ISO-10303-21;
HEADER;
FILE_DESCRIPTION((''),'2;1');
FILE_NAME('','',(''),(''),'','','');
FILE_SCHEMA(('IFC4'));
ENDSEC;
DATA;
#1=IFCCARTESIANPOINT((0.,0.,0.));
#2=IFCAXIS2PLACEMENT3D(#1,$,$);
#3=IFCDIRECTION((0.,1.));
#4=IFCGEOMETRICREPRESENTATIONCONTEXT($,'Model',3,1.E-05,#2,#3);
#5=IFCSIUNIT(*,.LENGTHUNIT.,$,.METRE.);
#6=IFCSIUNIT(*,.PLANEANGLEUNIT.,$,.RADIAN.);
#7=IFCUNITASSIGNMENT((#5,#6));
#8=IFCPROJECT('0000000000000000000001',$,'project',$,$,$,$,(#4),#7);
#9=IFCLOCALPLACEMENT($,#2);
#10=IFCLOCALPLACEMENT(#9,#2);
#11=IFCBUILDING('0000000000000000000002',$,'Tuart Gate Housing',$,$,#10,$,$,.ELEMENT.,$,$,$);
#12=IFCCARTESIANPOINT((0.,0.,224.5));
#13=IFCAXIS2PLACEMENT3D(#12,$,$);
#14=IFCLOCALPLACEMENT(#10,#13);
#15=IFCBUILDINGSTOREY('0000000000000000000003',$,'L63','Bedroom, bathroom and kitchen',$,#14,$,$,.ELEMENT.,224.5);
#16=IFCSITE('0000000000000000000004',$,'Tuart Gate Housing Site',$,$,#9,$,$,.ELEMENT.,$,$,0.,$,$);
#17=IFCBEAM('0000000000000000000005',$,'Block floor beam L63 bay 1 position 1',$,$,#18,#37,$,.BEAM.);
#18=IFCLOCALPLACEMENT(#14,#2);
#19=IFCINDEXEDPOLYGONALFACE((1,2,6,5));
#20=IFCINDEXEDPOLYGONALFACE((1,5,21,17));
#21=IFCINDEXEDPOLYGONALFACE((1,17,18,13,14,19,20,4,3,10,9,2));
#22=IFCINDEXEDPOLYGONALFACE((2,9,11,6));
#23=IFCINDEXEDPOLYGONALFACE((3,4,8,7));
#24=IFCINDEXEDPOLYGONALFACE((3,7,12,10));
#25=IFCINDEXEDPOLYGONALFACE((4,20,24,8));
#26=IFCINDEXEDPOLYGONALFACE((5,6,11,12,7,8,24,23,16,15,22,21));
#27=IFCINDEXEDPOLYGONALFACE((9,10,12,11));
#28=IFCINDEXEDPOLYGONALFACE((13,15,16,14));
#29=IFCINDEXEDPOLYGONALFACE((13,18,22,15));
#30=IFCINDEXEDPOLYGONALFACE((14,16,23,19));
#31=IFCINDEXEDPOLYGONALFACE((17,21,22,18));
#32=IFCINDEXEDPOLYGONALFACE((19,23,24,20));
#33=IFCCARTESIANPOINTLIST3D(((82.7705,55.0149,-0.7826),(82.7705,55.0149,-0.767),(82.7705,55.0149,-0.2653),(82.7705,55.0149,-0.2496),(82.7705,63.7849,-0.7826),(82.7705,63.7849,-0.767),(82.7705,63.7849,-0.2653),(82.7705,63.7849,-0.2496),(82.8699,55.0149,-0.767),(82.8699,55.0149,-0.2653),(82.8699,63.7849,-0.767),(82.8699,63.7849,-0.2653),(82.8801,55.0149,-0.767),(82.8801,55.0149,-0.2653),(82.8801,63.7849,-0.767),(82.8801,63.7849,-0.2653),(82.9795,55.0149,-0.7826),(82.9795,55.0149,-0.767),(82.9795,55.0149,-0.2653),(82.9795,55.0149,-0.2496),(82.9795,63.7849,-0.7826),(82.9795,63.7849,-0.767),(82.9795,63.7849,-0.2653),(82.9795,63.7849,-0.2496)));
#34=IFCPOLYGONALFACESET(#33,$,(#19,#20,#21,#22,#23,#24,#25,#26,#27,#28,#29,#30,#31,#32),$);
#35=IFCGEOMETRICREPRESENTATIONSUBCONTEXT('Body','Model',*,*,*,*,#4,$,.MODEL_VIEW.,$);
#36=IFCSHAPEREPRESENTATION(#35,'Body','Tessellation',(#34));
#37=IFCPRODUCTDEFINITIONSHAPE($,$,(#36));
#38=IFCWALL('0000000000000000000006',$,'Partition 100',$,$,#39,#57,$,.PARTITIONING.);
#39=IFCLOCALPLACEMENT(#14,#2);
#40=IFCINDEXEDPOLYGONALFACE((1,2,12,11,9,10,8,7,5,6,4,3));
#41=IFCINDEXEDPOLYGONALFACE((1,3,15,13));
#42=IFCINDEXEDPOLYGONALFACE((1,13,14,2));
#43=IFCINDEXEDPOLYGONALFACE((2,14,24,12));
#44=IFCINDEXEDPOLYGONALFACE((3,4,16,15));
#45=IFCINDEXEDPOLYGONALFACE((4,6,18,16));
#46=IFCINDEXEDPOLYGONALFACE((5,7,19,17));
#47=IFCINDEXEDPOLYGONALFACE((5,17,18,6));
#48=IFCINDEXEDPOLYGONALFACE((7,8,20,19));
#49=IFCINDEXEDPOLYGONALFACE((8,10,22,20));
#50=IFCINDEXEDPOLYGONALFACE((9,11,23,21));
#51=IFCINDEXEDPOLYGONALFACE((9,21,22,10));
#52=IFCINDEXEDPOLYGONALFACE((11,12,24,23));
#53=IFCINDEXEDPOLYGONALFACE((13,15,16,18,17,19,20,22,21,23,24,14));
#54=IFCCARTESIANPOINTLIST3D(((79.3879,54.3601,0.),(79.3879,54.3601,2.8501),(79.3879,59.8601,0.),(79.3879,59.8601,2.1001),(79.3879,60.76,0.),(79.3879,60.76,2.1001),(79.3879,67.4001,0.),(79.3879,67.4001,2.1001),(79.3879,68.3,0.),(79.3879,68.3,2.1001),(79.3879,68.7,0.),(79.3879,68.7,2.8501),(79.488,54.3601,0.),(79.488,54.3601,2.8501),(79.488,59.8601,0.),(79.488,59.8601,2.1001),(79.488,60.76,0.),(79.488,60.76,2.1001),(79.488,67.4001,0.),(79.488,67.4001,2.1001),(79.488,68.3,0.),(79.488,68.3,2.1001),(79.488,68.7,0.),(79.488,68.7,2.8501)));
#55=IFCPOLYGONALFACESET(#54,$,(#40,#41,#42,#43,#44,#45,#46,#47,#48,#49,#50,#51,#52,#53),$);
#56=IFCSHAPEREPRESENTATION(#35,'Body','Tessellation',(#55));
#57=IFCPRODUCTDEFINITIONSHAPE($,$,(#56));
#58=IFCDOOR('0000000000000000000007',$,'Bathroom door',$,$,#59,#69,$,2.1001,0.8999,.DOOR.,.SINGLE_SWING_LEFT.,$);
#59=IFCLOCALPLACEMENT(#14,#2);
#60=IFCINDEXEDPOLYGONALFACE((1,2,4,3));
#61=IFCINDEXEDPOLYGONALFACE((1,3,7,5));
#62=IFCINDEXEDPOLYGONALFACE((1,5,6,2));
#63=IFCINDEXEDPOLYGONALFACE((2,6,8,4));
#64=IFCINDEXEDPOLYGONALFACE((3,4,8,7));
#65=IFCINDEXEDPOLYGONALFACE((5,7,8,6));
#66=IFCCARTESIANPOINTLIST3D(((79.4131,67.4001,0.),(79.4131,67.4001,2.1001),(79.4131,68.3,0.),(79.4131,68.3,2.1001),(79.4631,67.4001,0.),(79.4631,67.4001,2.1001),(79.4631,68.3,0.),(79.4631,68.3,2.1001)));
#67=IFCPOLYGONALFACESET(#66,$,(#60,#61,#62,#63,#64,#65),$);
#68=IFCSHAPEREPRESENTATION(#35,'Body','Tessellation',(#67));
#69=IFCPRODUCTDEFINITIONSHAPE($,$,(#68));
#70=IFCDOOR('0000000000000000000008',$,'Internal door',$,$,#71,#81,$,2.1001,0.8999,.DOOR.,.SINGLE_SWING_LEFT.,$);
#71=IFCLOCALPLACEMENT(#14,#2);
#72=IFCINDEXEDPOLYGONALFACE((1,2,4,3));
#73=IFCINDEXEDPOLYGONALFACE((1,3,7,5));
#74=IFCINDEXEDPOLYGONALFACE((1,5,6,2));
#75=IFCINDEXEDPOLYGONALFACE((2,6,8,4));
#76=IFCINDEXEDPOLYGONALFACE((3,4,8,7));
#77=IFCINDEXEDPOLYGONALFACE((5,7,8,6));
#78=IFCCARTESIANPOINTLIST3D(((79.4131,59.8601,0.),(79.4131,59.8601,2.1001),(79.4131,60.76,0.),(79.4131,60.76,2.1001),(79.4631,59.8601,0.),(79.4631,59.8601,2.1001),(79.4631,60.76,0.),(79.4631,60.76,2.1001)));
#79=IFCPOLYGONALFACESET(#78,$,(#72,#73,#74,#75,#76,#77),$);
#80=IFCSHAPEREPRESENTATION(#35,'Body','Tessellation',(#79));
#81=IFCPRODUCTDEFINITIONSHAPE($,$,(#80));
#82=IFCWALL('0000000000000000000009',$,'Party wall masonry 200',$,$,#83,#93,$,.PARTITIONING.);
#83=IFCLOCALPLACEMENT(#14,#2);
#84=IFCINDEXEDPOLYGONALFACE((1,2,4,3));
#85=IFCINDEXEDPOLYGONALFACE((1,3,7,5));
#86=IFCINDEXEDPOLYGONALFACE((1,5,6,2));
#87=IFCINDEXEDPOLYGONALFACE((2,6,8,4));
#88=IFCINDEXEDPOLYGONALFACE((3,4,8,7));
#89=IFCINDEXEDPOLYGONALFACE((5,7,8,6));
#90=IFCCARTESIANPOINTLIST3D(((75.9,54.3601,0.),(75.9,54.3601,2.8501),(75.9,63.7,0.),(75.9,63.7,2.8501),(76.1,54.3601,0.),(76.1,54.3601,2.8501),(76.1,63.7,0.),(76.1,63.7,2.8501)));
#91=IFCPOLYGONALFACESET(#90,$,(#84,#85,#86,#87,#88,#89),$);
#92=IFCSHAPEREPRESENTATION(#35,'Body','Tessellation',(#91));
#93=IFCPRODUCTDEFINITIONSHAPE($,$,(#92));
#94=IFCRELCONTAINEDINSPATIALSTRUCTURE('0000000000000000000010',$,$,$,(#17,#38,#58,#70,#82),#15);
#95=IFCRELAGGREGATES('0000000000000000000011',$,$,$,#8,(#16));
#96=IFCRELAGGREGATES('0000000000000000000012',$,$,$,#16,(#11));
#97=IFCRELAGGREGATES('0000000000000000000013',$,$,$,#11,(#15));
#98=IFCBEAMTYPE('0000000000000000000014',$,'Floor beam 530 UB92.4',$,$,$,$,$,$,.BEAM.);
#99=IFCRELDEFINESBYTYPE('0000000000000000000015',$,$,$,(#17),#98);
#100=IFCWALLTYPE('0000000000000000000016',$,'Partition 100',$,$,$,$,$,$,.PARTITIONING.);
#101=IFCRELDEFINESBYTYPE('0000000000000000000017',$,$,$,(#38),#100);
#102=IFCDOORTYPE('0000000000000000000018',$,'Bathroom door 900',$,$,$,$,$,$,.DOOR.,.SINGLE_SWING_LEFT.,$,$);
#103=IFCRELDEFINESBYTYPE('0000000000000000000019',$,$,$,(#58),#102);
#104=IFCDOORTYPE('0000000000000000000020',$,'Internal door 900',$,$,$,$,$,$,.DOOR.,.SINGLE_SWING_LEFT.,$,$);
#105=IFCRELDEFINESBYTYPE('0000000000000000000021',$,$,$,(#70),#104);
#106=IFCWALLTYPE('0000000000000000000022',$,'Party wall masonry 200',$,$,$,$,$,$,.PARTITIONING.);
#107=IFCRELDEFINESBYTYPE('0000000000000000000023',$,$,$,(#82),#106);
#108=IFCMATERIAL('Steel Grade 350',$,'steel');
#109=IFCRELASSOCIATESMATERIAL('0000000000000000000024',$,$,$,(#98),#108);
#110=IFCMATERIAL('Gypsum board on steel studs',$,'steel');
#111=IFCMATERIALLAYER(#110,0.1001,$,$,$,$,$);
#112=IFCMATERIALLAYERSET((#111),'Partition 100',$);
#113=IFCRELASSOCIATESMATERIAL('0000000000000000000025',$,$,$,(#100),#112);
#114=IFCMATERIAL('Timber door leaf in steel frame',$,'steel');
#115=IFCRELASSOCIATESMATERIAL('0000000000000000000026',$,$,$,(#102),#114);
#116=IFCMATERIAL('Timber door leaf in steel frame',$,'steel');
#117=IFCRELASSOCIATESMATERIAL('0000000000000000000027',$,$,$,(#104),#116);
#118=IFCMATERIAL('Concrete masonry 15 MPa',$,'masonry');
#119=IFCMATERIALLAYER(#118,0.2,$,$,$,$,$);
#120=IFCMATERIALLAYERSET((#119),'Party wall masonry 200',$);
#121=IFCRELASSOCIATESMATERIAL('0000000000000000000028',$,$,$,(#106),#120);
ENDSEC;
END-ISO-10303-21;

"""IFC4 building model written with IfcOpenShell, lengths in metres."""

from ifc_helpers import new_model, si_unit, direction, frame, frame_2d, origin, origin_2d, place, context, subcontext, project, spatial, rectangle, i_section, extrude, material, layer, layer_set, material_profile, profile_set, type_object, element, fill, save


model = new_model("IFC4")

# Units and contexts
model_context = context("Model", 3, precision=1e-05, world=origin(), true_north=direction((0.0, 1.0)))
body_context = subcontext(model_context, "Body", "Model", "MODEL_VIEW")
ifc_project = project(units=[si_unit("LENGTHUNIT", "METRE"), si_unit("PLANEANGLEUNIT", "RADIAN")], contexts=[model_context])

# Site, building, storey
site_placement = place(None, origin())
site = spatial("IfcSite", under=ifc_project, at=site_placement, Name="Tuart Gate Housing Site", CompositionType="ELEMENT", RefElevation=0.0)
building_placement = place(site_placement, origin())
building = spatial("IfcBuilding", under=site, at=building_placement, Name="Tuart Gate Housing", CompositionType="ELEMENT")
storey_placement = place(building_placement, frame((0.0, 0.0, 224.5)))
storey = spatial("IfcBuildingStorey", under=building, at=storey_placement, Name="L63", Description="Bedroom, bathroom and kitchen", CompositionType="ELEMENT", Elevation=224.5)

# Beam
ifc_material_1 = material(Name="Steel Grade 350", Category="steel")
ifc_material_profile = material_profile(ifc_material_1, i_section(OverallWidth=0.209, OverallDepth=0.533, WebThickness=0.0103, FlangeThickness=0.0156, at=origin_2d()), Name="530UB92.4")
ifc_profile_set = profile_set([ifc_material_profile], Name="Steel Grade 350")
beam_type = type_object("IfcBeamType", Name="Floor beam 530 UB92.4", PredefinedType="BEAM", material=ifc_profile_set)
beam_placement = place(storey_placement, frame((82.875, 55.0149, -0.5161), z_axis=(0.0, 1.0, 0.0), x_axis=(-1.0, 0.0, 0.0)))
element("IfcBeam", 1, at=beam_placement, inside=storey, type_object=beam_type, Name="Block floor beam L63 bay 1 position 1", PredefinedType="BEAM", context=body_context, shape_type="SweptSolid", body=[
    extrude(i_section(OverallWidth=0.209, OverallDepth=0.533, WebThickness=0.0103, FlangeThickness=0.0156, at=origin_2d()), origin(), (0.0, 0.0, 1.0), 8.77),
])

# Wall, openings, doors
ifc_material_2 = material(Name="Gypsum board on steel studs", Category="steel")
ifc_layer_1 = layer(ifc_material_2, 0.1001)
ifc_layer_set_1 = layer_set([ifc_layer_1], Name="Partition 100")
wall_type_1 = type_object("IfcWallType", Name="Partition 100", PredefinedType="PARTITIONING", material=ifc_layer_set_1)
wall_1_placement = place(storey_placement, frame((79.438, 54.3601, 0.0), z_axis=(0.0, 0.0, 1.0), x_axis=(0.0, 1.0, 0.0)))
wall_1 = element("IfcWall", 2, at=wall_1_placement, inside=storey, type_object=wall_type_1, Name="Partition 100", PredefinedType="PARTITIONING", context=body_context, shape_type="SweptSolid", body=[
    extrude(rectangle(XDim=14.3398, YDim=0.1001, at=frame_2d((7.1699, 0.0))), origin(), (0.0, 0.0, 1.0), 2.8501),
])
opening_1_placement = place(wall_1_placement, frame((5.5, 0.0, 0.0)))
opening_1 = element("IfcOpeningElement", 3, at=opening_1_placement, cuts=wall_1, PredefinedType="OPENING", context=body_context, shape_type="SweptSolid", body=[
    extrude(rectangle(XDim=0.8999, YDim=2.1001, at=frame_2d((0.45, 1.05))), frame((0.0, 0.0601, 0.0), z_axis=(0.0, -1.0, 0.0), x_axis=(1.0, 0.0, 0.0)), (0.0, 0.0, 1.0), 0.1201),
])
opening_2_placement = place(wall_1_placement, frame((13.04, 0.0, 0.0)))
opening_2 = element("IfcOpeningElement", 4, at=opening_2_placement, cuts=wall_1, PredefinedType="OPENING", context=body_context, shape_type="SweptSolid", body=[
    extrude(rectangle(XDim=0.8999, YDim=2.1001, at=frame_2d((0.45, 1.05))), frame((0.0, 0.0601, 0.0), z_axis=(0.0, -1.0, 0.0), x_axis=(1.0, 0.0, 0.0)), (0.0, 0.0, 1.0), 0.1201),
])
ifc_material_3 = material(Name="Timber door leaf in steel frame", Category="steel")
door_type_1 = type_object("IfcDoorType", Name="Bathroom door 900", OperationType="SINGLE_SWING_LEFT", PredefinedType="DOOR", material=ifc_material_3)
door_1_placement = place(opening_2_placement, frame((0.8999, 0.0, 0.0), z_axis=(0.0, 0.0, 1.0), x_axis=(-1.0, 0.0, 0.0)))
door_1 = element("IfcDoor", 5, at=door_1_placement, inside=storey, type_object=door_type_1, Name="Bathroom door", OperationType="SINGLE_SWING_LEFT", OverallHeight=2.1001, OverallWidth=0.8999, PredefinedType="DOOR", context=body_context, shape_type="SweptSolid", body=[
    extrude(rectangle(XDim=0.8999, YDim=2.1001, at=frame_2d((0.45, 1.05))), frame((0.0, 0.0251, 0.0), z_axis=(0.0, -1.0, 0.0), x_axis=(1.0, 0.0, 0.0)), (0.0, 0.0, 1.0), 0.05),
])
fill(opening_2, door_1)
ifc_material_4 = material(Name="Timber door leaf in steel frame", Category="steel")
door_type_2 = type_object("IfcDoorType", Name="Internal door 900", OperationType="SINGLE_SWING_LEFT", PredefinedType="DOOR", material=ifc_material_4)
door_2_placement = place(opening_1_placement, frame((0.8999, 0.0, 0.0), z_axis=(0.0, 0.0, 1.0), x_axis=(-1.0, 0.0, 0.0)))
door_2 = element("IfcDoor", 6, at=door_2_placement, inside=storey, type_object=door_type_2, Name="Internal door", OperationType="SINGLE_SWING_LEFT", OverallHeight=2.1001, OverallWidth=0.8999, PredefinedType="DOOR", context=body_context, shape_type="SweptSolid", body=[
    extrude(rectangle(XDim=0.8999, YDim=2.1001, at=frame_2d((0.45, 1.05))), frame((0.0, 0.0251, 0.0), z_axis=(0.0, -1.0, 0.0), x_axis=(1.0, 0.0, 0.0)), (0.0, 0.0, 1.0), 0.05),
])
fill(opening_1, door_2)

# Wall
ifc_material_5 = material(Name="Concrete masonry 15 MPa", Category="masonry")
ifc_layer_2 = layer(ifc_material_5, 0.2)
ifc_layer_set_2 = layer_set([ifc_layer_2], Name="Party wall masonry 200")
wall_type_2 = type_object("IfcWallType", Name="Party wall masonry 200", PredefinedType="PARTITIONING", material=ifc_layer_set_2)
wall_2_placement = place(storey_placement, frame((76.0, 54.3601, 0.0), z_axis=(0.0, 0.0, 1.0), x_axis=(0.0, 1.0, 0.0)))
element("IfcWall", 7, at=wall_2_placement, inside=storey, type_object=wall_type_2, Name="Party wall masonry 200", PredefinedType="PARTITIONING", context=body_context, shape_type="SweptSolid", body=[
    extrude(rectangle(XDim=9.3398, YDim=0.2, at=frame_2d((4.6699, 0.0))), origin(), (0.0, 0.0, 1.0), 2.8501),
])

save(model, "model.ifc")
